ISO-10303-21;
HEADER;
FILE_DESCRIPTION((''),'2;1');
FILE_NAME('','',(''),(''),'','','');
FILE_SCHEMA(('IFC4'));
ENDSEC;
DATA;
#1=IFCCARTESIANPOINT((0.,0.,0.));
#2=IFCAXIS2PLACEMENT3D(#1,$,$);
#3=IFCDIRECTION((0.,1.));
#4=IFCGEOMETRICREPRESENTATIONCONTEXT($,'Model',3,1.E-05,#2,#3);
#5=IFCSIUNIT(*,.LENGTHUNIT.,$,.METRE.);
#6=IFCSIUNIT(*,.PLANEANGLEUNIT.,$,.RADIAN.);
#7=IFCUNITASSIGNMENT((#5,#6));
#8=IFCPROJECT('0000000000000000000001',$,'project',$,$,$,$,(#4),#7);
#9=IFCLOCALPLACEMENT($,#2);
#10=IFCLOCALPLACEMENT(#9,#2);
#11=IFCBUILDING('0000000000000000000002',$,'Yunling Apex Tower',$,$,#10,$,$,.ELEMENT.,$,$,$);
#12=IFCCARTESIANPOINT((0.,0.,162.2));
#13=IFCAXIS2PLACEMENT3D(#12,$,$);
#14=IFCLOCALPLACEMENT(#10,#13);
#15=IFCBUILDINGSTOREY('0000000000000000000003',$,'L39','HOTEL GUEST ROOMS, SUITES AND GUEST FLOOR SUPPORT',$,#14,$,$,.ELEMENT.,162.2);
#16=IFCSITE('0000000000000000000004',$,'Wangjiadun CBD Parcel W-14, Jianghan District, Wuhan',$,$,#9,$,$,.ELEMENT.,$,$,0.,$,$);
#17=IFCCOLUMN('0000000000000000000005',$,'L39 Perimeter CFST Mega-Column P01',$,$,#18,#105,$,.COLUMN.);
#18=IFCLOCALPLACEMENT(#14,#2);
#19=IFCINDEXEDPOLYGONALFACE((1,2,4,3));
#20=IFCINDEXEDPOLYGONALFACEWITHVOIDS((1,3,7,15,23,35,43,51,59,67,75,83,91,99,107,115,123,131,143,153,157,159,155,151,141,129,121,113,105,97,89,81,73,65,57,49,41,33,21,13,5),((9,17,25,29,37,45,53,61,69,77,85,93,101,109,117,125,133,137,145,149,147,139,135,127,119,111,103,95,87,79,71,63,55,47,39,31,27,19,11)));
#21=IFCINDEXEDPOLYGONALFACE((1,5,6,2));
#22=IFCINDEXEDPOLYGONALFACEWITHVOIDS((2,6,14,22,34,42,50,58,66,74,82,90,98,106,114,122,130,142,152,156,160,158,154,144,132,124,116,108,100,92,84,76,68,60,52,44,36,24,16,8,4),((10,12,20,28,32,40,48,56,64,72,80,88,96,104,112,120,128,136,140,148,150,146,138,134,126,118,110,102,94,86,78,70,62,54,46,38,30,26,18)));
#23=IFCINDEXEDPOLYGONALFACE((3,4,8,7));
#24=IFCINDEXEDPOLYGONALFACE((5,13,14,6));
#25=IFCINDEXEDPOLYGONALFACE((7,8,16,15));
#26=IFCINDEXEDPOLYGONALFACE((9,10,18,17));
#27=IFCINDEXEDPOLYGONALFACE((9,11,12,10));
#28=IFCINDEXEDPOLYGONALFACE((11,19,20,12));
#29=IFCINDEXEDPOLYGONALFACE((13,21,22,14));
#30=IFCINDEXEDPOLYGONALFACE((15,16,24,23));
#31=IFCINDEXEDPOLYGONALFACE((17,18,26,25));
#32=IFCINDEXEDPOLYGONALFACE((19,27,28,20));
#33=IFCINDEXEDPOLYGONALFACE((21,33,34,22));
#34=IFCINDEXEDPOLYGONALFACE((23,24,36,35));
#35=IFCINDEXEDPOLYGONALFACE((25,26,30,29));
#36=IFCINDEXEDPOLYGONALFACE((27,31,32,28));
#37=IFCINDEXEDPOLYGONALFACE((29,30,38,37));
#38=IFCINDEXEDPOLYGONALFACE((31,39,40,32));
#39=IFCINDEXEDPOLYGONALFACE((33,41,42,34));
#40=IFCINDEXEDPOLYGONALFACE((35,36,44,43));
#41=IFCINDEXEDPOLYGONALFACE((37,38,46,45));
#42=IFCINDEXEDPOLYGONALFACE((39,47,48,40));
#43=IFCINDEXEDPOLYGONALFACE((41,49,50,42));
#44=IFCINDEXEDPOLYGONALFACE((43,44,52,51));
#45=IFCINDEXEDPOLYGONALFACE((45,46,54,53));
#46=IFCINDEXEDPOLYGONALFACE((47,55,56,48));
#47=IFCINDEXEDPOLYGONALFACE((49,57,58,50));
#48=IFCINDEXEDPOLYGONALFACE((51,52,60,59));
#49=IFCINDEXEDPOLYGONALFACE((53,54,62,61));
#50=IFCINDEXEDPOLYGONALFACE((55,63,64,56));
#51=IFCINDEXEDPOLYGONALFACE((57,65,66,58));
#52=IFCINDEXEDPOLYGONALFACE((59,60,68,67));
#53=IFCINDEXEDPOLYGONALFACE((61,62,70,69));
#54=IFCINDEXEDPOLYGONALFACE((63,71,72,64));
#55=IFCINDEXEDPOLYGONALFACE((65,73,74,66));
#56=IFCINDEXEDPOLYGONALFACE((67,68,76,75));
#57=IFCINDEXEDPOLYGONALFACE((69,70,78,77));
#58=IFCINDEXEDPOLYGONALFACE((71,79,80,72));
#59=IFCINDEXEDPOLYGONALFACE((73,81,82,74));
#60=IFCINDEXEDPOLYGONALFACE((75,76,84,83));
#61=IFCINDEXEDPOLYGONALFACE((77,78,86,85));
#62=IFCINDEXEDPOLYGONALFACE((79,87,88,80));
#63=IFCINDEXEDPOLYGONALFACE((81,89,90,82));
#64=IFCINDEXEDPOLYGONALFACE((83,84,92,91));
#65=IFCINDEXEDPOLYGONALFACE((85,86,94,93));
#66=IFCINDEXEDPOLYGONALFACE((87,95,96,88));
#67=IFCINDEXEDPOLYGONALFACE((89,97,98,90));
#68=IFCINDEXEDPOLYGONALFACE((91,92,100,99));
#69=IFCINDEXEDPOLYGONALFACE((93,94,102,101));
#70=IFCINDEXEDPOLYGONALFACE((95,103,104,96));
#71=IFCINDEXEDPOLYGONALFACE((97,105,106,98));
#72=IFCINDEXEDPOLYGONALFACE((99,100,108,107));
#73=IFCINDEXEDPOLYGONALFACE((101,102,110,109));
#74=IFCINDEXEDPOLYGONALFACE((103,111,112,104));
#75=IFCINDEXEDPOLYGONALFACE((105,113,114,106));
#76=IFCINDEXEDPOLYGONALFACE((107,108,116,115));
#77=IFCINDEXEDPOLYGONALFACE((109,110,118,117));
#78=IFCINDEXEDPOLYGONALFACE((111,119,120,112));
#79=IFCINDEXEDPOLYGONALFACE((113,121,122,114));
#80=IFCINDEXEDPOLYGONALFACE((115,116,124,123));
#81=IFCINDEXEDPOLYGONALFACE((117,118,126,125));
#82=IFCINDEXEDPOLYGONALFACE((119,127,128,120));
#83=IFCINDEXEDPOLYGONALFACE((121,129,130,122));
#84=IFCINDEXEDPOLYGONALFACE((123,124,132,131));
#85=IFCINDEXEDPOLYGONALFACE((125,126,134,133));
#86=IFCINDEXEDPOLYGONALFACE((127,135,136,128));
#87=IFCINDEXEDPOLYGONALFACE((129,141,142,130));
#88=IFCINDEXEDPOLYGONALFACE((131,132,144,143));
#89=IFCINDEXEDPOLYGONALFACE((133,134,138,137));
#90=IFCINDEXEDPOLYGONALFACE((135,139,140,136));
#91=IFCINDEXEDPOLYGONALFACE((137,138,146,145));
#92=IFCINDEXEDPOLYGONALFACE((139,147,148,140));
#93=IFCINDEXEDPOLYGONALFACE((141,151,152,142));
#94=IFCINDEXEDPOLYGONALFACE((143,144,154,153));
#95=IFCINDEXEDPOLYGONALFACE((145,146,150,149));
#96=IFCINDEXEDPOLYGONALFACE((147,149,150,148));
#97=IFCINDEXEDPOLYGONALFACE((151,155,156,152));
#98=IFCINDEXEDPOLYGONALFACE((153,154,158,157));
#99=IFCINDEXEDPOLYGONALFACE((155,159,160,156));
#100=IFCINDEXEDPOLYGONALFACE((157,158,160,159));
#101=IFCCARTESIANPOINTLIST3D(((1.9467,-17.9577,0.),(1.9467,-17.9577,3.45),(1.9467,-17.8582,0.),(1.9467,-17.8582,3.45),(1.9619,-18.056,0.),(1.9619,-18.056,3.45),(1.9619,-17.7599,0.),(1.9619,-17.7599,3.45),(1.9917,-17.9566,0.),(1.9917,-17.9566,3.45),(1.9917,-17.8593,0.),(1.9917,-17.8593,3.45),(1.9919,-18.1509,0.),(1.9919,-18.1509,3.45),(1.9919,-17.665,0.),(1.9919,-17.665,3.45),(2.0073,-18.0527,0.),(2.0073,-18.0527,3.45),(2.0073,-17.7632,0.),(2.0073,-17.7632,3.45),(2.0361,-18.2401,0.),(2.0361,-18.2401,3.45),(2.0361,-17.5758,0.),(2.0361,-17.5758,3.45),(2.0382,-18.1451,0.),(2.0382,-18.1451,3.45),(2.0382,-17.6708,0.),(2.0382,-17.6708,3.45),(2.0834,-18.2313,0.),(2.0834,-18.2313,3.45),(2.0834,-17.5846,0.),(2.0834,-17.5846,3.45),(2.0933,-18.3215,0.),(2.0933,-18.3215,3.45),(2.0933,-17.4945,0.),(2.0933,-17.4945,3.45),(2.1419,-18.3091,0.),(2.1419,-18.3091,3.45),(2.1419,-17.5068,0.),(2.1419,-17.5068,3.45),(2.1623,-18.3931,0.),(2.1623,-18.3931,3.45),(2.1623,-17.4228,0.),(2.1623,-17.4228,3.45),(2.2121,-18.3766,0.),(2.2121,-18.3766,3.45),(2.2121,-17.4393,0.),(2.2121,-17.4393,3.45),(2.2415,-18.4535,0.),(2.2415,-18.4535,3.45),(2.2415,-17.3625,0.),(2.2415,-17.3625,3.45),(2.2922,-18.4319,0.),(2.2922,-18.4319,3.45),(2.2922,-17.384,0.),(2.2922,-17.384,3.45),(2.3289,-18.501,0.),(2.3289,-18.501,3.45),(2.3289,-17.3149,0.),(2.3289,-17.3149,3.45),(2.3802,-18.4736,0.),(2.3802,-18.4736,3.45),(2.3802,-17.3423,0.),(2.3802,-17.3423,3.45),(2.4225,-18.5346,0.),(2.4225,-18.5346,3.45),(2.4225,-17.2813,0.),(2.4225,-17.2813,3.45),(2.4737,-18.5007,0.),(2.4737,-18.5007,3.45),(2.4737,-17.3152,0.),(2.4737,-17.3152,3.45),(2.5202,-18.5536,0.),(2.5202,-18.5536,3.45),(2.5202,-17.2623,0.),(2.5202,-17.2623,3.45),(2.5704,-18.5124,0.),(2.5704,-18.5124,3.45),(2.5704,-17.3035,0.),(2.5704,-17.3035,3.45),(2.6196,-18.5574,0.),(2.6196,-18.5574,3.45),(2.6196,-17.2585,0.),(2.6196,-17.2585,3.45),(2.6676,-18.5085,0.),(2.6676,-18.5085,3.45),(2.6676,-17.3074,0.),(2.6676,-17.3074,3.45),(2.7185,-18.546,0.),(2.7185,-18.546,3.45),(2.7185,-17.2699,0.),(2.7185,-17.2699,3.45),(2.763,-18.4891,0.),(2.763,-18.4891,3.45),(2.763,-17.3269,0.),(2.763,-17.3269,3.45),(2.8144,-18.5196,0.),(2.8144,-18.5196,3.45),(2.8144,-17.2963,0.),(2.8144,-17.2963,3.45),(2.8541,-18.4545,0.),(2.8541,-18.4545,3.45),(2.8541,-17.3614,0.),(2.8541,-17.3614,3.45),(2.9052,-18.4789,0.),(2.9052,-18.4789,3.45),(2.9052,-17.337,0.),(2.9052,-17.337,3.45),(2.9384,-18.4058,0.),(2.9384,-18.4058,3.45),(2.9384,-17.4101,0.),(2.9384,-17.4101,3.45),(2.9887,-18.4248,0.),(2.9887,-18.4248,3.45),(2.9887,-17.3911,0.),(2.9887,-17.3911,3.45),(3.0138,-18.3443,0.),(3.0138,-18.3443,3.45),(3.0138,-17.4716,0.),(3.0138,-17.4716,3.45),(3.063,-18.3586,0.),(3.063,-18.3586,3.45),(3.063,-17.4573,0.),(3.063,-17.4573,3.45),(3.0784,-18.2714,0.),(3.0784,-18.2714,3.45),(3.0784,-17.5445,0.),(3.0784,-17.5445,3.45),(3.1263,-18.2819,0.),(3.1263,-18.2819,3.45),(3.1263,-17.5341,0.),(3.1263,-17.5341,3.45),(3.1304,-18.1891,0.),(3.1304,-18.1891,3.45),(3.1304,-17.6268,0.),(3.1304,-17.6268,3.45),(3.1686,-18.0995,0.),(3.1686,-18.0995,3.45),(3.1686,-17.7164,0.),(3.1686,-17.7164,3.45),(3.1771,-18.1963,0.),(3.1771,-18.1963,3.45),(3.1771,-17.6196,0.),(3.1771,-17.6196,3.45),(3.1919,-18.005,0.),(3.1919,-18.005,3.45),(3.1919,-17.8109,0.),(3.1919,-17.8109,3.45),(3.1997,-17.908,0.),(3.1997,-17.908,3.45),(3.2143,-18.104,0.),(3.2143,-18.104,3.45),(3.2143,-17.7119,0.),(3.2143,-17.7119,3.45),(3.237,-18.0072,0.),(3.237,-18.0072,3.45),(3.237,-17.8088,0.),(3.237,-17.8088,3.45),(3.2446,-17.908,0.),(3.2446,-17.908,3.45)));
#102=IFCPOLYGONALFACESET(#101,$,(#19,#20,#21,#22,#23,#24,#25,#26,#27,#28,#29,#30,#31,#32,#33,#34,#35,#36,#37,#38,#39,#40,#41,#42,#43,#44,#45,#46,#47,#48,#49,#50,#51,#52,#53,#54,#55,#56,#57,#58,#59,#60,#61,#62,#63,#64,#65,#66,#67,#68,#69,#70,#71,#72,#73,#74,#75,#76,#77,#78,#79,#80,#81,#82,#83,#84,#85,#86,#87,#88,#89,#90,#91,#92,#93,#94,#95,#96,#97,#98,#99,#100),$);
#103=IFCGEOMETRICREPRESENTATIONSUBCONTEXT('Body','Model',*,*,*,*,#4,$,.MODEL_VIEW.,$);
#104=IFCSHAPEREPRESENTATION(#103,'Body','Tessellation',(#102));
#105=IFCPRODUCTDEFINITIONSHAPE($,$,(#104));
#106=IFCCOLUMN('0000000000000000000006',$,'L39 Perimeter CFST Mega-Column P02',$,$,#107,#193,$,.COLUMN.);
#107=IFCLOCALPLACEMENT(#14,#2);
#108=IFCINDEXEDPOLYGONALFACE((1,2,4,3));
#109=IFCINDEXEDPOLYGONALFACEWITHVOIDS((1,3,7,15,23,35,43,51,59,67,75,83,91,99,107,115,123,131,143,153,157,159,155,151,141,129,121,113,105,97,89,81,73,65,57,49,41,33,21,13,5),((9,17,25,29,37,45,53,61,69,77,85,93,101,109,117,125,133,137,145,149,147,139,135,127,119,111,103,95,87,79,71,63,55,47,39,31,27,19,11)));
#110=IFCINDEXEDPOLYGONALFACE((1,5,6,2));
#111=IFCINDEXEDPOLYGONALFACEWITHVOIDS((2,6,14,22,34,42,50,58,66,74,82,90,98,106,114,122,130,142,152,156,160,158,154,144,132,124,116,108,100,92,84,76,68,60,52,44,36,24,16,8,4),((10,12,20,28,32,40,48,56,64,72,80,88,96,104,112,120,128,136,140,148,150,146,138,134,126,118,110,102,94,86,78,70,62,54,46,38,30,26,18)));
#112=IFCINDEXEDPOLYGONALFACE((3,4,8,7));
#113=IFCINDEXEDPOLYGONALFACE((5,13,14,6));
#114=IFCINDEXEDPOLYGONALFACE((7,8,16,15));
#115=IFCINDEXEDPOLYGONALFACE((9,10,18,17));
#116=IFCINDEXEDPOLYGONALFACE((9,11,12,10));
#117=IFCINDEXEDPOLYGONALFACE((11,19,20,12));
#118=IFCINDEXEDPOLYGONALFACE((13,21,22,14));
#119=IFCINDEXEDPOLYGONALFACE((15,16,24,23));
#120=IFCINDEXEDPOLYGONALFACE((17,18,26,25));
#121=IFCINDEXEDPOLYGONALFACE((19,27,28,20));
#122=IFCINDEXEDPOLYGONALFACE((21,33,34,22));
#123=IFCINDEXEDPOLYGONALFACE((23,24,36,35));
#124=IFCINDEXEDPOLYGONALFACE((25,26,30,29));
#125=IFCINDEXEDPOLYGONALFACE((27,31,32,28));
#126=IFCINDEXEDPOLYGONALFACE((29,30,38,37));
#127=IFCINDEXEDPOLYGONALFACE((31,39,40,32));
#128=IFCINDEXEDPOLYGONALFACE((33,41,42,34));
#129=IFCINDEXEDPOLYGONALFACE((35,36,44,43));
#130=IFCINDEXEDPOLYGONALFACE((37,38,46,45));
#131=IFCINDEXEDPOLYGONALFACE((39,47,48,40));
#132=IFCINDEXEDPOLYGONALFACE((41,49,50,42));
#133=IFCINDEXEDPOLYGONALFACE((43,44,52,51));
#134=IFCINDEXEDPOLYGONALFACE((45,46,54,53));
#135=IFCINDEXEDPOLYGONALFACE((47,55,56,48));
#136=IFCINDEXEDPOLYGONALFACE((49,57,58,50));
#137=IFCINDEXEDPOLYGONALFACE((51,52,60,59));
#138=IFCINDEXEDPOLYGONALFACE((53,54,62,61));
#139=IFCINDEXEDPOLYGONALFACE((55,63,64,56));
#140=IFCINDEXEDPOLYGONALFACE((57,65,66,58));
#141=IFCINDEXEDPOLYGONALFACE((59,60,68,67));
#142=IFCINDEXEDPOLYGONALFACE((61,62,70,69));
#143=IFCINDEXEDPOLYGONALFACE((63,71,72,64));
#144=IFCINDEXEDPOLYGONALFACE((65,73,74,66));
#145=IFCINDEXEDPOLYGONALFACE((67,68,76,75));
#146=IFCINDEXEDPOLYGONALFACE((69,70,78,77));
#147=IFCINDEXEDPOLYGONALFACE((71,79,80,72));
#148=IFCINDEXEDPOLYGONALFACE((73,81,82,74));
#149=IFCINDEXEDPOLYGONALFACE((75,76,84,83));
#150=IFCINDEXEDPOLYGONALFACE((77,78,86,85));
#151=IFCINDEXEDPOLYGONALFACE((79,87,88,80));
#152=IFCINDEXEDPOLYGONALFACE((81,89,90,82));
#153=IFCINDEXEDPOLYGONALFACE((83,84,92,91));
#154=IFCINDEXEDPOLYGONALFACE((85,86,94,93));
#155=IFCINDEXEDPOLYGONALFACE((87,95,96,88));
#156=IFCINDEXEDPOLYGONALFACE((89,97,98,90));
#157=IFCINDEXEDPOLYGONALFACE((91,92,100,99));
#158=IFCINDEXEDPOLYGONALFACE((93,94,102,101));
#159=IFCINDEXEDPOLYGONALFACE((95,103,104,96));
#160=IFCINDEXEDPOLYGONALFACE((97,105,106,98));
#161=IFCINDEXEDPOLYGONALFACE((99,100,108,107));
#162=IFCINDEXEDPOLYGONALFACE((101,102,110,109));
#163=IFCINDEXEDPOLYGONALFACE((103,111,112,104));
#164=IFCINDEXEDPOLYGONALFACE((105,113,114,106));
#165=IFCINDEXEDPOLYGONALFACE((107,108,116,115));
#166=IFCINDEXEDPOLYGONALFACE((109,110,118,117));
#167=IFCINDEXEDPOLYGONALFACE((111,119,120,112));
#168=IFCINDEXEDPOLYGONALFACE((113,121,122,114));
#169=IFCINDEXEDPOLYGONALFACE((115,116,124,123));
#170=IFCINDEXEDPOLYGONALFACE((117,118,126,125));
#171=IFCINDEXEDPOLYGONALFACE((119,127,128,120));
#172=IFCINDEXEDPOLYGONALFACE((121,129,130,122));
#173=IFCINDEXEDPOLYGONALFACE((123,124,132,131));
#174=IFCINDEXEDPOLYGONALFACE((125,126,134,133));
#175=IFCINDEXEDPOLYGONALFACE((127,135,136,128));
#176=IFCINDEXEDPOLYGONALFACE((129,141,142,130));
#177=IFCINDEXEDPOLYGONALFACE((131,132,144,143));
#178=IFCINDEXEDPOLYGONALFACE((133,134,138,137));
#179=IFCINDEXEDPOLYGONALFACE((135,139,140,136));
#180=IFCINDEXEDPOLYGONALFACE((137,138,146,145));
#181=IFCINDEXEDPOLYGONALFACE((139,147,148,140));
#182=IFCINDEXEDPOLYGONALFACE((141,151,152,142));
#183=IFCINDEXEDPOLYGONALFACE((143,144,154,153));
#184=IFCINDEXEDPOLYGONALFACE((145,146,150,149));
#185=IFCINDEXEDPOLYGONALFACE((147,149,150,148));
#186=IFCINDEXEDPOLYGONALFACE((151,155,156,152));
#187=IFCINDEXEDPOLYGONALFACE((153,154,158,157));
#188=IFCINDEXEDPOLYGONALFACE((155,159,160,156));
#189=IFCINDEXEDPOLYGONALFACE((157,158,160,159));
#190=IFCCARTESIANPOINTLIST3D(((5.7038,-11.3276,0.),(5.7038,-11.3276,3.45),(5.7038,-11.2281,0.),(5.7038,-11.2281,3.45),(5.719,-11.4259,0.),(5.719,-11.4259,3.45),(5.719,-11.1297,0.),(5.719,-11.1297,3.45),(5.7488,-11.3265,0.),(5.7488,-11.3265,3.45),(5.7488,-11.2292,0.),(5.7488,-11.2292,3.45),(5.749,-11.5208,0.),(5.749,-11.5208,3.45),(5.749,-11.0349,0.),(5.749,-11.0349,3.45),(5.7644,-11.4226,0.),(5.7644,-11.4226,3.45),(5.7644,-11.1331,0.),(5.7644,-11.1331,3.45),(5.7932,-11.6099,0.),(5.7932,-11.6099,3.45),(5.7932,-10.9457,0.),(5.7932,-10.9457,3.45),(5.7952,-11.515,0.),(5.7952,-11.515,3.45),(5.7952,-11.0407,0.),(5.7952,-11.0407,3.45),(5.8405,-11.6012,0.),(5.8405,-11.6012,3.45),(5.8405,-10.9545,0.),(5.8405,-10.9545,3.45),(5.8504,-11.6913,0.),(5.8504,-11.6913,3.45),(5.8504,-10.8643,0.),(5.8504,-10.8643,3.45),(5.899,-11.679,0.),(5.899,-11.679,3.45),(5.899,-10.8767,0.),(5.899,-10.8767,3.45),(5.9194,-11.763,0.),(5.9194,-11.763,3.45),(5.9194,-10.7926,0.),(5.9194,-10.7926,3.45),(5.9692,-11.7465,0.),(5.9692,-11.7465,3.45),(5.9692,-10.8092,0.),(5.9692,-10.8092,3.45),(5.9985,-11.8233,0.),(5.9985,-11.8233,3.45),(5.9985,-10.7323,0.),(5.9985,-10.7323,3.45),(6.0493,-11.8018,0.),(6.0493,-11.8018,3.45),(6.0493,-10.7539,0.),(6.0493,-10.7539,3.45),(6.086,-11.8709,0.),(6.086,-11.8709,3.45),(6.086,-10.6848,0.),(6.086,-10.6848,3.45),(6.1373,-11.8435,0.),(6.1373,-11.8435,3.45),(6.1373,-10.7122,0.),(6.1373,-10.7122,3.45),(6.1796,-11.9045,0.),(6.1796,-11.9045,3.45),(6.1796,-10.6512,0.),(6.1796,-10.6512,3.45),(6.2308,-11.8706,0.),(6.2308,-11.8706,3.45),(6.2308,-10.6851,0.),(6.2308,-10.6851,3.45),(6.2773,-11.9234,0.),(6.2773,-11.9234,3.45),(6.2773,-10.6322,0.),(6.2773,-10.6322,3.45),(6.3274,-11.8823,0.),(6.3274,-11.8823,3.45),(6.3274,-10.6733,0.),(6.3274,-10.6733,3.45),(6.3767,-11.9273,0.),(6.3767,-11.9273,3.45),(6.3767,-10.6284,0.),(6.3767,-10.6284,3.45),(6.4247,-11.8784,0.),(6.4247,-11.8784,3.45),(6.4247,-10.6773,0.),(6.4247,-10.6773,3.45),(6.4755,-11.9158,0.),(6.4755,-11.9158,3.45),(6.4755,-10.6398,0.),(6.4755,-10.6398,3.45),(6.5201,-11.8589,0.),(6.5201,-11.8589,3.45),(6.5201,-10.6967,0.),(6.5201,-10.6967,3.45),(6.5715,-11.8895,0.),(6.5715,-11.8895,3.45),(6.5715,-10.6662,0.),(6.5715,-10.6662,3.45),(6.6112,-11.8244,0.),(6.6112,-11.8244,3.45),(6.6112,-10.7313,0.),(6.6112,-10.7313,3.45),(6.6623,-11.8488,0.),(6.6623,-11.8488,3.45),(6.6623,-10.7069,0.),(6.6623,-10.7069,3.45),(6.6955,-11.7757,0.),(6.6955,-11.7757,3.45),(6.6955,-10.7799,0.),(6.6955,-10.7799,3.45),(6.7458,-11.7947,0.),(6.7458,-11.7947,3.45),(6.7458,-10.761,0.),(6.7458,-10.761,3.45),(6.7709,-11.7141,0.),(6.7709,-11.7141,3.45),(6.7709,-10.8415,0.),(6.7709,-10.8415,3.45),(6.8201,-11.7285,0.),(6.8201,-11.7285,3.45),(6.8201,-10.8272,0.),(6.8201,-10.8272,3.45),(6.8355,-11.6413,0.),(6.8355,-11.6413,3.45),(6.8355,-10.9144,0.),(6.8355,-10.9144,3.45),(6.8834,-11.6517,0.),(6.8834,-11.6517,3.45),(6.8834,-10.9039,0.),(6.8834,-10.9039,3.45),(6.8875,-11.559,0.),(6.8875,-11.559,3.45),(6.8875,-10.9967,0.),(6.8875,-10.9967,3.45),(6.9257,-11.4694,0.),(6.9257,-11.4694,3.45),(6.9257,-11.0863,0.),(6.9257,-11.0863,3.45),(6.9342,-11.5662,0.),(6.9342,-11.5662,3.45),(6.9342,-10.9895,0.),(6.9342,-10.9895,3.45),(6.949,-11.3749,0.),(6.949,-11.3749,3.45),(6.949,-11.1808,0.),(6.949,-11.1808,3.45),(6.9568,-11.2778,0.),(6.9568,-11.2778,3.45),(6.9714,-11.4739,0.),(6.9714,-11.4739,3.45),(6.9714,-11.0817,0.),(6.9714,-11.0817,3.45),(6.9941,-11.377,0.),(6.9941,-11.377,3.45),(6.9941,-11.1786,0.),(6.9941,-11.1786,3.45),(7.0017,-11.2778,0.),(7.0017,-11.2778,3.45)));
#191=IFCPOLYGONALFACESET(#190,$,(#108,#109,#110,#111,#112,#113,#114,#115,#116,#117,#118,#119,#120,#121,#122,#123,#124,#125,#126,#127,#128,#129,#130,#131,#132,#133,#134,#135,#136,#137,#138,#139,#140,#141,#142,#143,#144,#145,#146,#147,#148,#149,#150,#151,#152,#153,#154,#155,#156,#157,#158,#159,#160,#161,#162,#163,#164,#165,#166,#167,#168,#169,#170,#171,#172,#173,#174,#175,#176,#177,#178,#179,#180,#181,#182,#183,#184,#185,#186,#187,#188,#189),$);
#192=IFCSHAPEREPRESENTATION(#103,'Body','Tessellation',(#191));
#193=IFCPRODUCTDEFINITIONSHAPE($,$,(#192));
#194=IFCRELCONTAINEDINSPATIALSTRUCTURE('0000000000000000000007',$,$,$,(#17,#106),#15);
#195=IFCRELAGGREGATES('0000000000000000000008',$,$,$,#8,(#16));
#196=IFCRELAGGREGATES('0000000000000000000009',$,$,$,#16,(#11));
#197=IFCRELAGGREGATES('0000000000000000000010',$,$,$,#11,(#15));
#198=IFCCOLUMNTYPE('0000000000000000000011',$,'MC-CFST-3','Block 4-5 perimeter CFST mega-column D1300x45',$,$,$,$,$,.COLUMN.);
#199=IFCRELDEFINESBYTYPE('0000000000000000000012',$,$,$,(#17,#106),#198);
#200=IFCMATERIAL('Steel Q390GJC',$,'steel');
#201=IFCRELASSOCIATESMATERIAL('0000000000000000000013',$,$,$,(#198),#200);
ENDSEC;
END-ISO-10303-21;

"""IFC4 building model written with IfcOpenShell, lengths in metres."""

from ifc_helpers import new_model, si_unit, direction, frame, origin, origin_2d, place, context, subcontext, project, spatial, hollow_circle, extrude, source, transform, mapped, material, material_profile, profile_set, type_object, element, save


model = new_model("IFC4")

# Units and contexts
model_context = context("Model", 3, precision=1e-05, world=origin(), true_north=direction((0.0, 1.0)))
body_context = subcontext(model_context, "Body", "Model", "MODEL_VIEW")
ifc_project = project(units=[si_unit("LENGTHUNIT", "METRE"), si_unit("PLANEANGLEUNIT", "RADIAN")], contexts=[model_context])

# Site, building, storey
site_placement = place(None, origin())
site = spatial("IfcSite", under=ifc_project, at=site_placement, Name="Wangjiadun CBD Parcel W-14, Jianghan District, Wuhan", CompositionType="ELEMENT", RefElevation=0.0)
building_placement = place(site_placement, origin())
building = spatial("IfcBuilding", under=site, at=building_placement, Name="Yunling Apex Tower", CompositionType="ELEMENT")
storey_placement = place(building_placement, frame((0.0, 0.0, 162.2)))
storey = spatial("IfcBuildingStorey", under=building, at=storey_placement, Name="L39", Description="HOTEL GUEST ROOMS, SUITES AND GUEST FLOOR SUPPORT", CompositionType="ELEMENT", Elevation=162.2)

# Columns
ifc_material_1 = material(Name="Steel Q390GJC", Category="steel")
ifc_material_profile_1 = material_profile(ifc_material_1, hollow_circle(Radius=0.6499, WallThickness=0.0449, at=origin_2d()))
ifc_profile_set_1 = profile_set([ifc_material_profile_1], Name="Steel Q390GJC")
column_type = type_object("IfcColumnType", Name="MC-CFST-3", Description="Block 4-5 perimeter CFST mega-column D1300x45", PredefinedType="COLUMN", material=ifc_profile_set_1)
shared_shape_1 = source(origin(), body_context, "Body", "SweptSolid", [
    extrude(hollow_circle(Radius=0.6499, WallThickness=0.0449, at=origin_2d()), origin(), (0.0, 0.0, 1.0), 3.45),
])
for number, where, z_axis, x_axis, name in (
    (1, (2.5947, -17.908, 0.0), (0.0, 0.0, 1.0), (1.0, 0.0, 0.0), "L39 Perimeter CFST Mega-Column P01"),
    (2, (6.3518, -11.2778, 0.0), (0.0, 0.0, 1.0), (1.0, 0.0, 0.0), "L39 Perimeter CFST Mega-Column P02"),
):
    element("IfcColumn", number, at=place(storey_placement, frame(where, z_axis=z_axis, x_axis=x_axis)), inside=storey, type_object=column_type, Name=name, PredefinedType="COLUMN", context=body_context, shape_type="MappedRepresentation", body=[
        mapped(shared_shape_1, transform((0.0, 0.0, 0.0), scale=1.0)),
    ])

save(model, "model.ifc")
